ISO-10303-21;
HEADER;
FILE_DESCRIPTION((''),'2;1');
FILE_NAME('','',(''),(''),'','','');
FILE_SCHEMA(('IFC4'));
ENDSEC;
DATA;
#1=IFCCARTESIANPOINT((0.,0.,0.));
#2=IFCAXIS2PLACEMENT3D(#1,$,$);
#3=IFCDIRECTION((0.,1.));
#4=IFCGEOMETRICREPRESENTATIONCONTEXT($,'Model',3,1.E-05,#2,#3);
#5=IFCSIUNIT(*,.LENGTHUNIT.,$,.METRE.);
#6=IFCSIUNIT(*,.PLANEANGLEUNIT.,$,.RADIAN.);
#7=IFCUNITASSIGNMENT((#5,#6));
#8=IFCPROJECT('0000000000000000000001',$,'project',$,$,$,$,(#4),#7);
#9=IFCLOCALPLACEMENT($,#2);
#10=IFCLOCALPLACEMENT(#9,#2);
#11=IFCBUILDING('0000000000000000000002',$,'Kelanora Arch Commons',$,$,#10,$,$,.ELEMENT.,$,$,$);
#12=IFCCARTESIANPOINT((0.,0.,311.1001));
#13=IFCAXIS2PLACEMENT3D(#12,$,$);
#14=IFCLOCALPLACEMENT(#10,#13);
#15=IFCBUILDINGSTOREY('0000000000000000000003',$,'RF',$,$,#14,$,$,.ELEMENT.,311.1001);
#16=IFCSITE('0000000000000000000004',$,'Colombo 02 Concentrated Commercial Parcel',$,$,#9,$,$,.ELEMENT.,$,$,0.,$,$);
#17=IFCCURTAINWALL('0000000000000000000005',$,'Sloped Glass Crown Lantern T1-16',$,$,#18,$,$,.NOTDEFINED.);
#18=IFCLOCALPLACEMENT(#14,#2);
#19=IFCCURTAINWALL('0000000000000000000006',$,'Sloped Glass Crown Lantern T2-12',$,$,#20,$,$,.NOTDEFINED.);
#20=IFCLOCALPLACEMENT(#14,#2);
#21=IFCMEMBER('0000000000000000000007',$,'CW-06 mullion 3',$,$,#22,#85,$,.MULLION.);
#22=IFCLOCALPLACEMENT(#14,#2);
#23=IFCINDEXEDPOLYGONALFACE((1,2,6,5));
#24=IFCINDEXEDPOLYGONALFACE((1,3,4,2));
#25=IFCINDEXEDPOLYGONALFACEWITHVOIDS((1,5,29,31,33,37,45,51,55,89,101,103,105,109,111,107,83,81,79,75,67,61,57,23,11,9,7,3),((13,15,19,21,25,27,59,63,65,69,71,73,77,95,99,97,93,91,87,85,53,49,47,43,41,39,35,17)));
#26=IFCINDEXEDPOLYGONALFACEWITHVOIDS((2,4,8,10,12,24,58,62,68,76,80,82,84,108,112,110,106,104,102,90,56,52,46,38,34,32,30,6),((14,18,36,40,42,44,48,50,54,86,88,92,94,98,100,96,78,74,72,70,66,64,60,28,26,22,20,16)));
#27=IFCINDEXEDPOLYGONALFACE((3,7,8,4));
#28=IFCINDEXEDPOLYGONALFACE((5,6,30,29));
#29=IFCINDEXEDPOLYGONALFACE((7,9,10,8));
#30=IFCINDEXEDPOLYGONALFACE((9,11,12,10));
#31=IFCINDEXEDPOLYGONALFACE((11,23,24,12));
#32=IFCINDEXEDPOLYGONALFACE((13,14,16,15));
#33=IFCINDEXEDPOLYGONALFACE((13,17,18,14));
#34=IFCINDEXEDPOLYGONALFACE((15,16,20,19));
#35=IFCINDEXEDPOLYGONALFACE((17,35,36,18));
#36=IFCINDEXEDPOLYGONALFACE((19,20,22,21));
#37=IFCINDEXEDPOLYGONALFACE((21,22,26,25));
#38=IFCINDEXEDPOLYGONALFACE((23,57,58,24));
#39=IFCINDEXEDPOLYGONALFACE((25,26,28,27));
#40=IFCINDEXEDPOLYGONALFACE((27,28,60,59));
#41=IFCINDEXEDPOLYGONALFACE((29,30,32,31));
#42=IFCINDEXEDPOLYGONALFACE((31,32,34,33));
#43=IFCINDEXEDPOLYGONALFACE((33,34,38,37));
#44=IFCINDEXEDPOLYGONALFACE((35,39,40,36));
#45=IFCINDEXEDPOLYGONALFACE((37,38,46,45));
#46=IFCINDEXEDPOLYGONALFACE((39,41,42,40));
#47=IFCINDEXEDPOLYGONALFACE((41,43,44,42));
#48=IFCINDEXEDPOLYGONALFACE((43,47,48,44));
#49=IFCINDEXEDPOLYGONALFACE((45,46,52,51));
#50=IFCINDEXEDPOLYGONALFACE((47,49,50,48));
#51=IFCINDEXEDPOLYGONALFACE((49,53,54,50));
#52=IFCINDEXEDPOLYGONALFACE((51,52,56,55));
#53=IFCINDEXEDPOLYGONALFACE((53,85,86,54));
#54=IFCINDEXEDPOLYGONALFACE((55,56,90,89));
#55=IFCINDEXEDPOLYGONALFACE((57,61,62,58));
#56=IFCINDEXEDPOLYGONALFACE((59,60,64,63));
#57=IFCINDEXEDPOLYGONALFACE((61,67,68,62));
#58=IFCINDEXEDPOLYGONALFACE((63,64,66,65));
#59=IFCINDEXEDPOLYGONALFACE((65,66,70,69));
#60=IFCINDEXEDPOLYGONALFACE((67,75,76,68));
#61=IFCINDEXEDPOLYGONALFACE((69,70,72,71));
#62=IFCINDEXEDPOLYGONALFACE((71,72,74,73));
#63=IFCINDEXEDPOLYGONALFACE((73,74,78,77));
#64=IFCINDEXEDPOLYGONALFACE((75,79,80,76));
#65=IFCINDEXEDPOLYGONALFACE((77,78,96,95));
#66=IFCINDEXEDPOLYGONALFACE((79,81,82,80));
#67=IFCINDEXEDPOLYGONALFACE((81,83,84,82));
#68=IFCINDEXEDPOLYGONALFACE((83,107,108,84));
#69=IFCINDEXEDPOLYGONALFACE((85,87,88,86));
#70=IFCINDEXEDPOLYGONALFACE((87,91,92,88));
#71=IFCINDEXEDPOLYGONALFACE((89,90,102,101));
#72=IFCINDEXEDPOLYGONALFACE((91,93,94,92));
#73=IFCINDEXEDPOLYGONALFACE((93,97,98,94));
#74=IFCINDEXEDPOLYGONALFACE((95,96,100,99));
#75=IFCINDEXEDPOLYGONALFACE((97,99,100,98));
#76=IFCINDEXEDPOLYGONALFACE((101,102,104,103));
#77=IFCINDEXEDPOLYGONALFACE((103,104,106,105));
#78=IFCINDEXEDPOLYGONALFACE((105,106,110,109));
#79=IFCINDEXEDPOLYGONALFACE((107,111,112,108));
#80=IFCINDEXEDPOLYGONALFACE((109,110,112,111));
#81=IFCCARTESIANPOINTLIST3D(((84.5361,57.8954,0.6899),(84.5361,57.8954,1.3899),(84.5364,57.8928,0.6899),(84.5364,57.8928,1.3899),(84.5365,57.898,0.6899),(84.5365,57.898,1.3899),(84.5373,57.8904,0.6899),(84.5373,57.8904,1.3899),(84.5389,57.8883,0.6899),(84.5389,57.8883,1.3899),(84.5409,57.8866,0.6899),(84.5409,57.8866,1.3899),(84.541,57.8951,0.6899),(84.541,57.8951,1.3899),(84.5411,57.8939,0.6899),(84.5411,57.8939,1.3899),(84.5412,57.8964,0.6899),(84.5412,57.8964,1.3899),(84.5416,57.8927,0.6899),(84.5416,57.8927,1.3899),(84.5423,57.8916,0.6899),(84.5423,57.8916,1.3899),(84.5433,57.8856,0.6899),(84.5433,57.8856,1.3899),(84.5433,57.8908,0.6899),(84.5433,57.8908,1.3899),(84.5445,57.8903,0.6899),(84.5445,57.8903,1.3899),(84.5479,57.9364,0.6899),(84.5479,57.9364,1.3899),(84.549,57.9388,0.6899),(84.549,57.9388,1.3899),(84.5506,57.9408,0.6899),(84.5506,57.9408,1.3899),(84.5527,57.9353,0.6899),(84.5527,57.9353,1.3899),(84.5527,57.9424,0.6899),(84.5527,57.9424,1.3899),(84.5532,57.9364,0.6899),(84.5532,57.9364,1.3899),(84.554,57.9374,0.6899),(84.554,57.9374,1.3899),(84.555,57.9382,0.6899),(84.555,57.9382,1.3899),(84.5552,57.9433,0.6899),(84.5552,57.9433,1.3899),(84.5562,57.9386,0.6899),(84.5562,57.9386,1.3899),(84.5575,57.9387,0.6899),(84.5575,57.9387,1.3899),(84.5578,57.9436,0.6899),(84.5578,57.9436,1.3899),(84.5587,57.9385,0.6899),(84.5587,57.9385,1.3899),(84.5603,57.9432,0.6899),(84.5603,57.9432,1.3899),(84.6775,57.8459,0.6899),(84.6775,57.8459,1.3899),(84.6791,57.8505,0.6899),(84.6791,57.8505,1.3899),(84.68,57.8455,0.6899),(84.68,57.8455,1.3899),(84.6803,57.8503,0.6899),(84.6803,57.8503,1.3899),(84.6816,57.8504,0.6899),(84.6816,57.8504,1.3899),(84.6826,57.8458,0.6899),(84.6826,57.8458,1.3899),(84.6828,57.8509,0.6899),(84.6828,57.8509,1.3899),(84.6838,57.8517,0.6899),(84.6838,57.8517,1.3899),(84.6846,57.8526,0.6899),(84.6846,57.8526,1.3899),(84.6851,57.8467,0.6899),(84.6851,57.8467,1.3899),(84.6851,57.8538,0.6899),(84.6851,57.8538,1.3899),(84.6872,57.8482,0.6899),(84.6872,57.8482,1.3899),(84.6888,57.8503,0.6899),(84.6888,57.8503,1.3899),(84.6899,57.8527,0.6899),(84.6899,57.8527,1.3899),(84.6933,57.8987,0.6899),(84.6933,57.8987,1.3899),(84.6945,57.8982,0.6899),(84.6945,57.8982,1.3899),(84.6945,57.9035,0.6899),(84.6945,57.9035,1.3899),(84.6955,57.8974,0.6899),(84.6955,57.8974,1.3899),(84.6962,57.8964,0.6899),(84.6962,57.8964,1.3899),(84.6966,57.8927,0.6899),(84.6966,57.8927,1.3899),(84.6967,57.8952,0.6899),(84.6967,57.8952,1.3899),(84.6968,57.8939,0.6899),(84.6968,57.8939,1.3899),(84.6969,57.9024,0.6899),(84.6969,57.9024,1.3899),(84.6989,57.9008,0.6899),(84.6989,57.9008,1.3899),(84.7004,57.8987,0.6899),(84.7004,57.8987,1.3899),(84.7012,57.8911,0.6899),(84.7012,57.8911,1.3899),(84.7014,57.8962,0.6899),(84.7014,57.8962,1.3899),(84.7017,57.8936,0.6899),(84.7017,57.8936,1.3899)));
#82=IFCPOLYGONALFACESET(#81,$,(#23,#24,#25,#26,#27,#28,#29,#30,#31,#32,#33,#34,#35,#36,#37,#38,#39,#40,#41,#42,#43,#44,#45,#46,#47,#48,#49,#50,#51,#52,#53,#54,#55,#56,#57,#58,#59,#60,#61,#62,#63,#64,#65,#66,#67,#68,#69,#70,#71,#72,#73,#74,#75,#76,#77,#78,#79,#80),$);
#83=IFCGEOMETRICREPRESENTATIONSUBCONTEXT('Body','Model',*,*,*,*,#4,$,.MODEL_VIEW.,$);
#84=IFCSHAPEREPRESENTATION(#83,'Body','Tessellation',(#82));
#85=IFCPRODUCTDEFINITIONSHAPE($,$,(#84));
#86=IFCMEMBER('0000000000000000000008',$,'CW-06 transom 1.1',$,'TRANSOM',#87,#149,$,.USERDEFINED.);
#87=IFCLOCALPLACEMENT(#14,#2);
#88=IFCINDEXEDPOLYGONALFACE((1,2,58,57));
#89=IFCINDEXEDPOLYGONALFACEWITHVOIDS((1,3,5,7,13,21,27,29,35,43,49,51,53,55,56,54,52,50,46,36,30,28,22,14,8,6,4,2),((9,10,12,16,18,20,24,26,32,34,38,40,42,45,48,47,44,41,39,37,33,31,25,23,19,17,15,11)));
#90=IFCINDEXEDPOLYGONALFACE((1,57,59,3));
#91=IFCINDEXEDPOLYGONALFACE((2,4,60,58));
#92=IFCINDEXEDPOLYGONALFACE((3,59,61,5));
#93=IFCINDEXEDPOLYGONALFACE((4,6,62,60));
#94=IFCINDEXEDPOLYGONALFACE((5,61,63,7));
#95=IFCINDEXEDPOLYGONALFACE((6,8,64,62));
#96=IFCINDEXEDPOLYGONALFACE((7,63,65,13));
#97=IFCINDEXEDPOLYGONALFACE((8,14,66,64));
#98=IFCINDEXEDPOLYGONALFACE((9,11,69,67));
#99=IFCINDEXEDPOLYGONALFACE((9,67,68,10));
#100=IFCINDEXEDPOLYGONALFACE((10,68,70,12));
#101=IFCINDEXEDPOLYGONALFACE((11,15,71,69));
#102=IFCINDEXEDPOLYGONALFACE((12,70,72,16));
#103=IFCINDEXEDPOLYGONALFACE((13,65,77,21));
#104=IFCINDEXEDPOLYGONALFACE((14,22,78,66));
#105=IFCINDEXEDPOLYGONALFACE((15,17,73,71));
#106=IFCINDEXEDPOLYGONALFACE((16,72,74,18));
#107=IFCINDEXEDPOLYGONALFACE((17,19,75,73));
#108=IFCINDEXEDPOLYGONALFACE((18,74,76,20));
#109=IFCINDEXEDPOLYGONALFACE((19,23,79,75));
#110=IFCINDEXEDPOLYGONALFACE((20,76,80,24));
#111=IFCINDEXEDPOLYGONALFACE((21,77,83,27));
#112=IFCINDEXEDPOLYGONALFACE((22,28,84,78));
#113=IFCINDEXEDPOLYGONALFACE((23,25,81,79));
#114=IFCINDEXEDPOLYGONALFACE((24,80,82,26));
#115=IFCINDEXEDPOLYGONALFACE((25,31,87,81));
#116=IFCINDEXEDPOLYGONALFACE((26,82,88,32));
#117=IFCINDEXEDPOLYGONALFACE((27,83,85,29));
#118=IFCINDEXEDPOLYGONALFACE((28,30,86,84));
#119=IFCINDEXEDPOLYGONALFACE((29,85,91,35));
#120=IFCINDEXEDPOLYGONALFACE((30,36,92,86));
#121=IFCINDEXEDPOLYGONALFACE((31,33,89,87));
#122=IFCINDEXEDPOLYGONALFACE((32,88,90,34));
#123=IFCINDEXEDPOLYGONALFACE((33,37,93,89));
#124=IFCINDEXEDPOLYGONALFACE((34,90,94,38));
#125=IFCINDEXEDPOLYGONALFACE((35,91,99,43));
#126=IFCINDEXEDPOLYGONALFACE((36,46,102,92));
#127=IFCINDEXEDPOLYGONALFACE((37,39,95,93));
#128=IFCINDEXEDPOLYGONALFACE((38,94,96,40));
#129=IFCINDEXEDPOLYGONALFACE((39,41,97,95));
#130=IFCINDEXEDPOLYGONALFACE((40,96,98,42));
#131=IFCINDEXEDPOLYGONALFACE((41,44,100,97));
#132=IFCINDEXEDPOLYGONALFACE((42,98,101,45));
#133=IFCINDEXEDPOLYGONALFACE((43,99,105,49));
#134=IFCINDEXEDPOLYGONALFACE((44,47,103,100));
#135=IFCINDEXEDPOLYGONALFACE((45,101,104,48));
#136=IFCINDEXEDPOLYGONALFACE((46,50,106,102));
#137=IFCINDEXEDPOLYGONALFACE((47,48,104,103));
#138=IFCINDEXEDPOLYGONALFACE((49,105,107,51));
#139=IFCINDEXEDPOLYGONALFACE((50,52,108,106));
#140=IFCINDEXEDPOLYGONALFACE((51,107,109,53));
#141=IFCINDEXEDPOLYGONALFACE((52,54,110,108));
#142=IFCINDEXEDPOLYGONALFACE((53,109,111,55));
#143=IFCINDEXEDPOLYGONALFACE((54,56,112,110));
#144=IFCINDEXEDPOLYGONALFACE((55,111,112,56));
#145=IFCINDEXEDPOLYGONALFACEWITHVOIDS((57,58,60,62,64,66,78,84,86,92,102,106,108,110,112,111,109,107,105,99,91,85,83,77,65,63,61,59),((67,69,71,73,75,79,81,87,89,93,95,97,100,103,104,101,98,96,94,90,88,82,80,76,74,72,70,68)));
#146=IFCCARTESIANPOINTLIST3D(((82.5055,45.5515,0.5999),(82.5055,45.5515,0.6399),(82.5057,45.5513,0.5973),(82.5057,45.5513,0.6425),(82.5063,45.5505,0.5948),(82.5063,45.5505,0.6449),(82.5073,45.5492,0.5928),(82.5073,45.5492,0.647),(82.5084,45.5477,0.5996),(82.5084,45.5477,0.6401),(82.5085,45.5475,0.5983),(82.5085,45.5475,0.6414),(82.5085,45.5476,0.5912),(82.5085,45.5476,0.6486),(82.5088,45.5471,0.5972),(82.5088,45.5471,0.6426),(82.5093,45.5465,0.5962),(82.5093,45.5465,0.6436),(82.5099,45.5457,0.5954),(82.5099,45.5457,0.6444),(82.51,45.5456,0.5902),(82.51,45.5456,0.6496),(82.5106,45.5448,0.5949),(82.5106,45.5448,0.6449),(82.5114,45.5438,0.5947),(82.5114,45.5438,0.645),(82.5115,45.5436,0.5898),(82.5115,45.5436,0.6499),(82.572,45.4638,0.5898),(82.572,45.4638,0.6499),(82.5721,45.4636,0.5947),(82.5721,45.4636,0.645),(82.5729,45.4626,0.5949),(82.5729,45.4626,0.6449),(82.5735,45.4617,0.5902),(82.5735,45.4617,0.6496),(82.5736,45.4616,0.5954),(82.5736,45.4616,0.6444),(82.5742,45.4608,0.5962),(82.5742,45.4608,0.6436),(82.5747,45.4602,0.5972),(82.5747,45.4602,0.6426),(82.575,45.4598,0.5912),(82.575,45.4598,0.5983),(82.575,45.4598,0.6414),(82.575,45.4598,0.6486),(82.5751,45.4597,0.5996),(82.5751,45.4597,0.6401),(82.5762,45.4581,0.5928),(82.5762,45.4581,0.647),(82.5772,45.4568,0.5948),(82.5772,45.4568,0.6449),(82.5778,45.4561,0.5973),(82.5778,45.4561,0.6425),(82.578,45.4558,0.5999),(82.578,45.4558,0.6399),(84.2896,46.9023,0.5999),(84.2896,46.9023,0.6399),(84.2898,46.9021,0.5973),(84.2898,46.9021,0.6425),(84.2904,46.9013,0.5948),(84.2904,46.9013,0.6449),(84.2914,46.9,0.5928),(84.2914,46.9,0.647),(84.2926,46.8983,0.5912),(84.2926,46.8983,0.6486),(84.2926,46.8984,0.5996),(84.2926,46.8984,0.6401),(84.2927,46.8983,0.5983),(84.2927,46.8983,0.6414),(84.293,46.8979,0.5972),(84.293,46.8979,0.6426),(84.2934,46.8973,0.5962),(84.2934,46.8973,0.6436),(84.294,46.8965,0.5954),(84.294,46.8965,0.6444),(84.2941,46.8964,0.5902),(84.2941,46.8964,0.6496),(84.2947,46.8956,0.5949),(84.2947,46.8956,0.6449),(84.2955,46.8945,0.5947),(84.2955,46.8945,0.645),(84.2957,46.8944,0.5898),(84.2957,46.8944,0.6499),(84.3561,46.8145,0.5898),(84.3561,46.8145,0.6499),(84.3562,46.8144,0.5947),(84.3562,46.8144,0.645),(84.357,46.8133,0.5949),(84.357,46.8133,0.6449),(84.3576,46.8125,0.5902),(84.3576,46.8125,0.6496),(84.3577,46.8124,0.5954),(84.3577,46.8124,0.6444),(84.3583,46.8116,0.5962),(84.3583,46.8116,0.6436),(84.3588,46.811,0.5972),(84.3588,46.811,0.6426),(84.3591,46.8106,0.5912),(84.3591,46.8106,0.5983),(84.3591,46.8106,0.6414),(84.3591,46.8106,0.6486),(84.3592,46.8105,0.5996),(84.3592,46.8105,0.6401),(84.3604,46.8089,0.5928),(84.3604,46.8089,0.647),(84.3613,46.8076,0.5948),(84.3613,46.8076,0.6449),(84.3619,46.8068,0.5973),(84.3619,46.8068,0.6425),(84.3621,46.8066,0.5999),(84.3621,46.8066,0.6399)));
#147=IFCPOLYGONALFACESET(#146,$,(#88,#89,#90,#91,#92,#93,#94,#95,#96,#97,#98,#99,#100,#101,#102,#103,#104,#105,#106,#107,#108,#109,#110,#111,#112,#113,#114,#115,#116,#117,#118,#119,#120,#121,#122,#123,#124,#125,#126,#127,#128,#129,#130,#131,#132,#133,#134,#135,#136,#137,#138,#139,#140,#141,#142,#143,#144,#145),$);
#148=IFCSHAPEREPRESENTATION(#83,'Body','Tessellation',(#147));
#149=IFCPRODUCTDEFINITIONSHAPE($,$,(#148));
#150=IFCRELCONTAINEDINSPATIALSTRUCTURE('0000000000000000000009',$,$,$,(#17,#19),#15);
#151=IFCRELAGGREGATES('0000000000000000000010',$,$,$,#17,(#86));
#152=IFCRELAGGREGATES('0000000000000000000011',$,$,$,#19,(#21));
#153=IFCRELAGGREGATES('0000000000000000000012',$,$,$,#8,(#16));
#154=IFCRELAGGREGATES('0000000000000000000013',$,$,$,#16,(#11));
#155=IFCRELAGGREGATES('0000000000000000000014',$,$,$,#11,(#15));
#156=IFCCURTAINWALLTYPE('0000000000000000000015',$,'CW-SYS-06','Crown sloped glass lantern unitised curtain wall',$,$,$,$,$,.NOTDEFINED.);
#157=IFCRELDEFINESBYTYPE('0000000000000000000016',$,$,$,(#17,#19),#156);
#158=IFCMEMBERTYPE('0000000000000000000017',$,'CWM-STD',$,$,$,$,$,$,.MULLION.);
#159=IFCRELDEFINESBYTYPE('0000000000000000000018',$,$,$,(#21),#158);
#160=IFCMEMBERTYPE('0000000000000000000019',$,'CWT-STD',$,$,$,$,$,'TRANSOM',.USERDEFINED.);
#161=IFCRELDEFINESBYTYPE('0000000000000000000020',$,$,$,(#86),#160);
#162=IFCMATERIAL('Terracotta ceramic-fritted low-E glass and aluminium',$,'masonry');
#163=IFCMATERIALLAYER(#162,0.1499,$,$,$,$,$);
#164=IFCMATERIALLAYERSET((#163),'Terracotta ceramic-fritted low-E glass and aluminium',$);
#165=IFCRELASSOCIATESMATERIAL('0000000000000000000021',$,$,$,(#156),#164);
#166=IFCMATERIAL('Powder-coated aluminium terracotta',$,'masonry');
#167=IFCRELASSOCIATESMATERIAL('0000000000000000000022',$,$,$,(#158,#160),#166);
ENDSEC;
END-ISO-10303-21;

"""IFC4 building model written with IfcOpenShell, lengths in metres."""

from ifc_helpers import new_model, si_unit, direction, frame, origin, origin_2d, place, context, subcontext, project, spatial, hollow_rectangle, extrude, material, layer, layer_set, material_profile, profile_set, type_object, element, aggregate, save


model = new_model("IFC4")

# Units and contexts
model_context = context("Model", 3, precision=1e-05, world=origin(), true_north=direction((0.0, 1.0)))
body_context = subcontext(model_context, "Body", "Model", "MODEL_VIEW")
ifc_project = project(units=[si_unit("LENGTHUNIT", "METRE"), si_unit("PLANEANGLEUNIT", "RADIAN")], contexts=[model_context])

# Site, building, storey
site_placement = place(None, origin())
site = spatial("IfcSite", under=ifc_project, at=site_placement, Name="Colombo 02 Concentrated Commercial Parcel", CompositionType="ELEMENT", RefElevation=0.0)
building_placement = place(site_placement, origin())
building = spatial("IfcBuilding", under=site, at=building_placement, Name="Kelanora Arch Commons", CompositionType="ELEMENT")
storey_placement = place(building_placement, frame((0.0, 0.0, 311.1001)))
storey = spatial("IfcBuildingStorey", under=building, at=storey_placement, Name="RF", CompositionType="ELEMENT", Elevation=311.1001)

# Curtain walls, member
ifc_material_1 = material(Name="Terracotta ceramic-fritted low-E glass and aluminium", Category="masonry")
ifc_layer_1 = layer(ifc_material_1, 0.1499)
ifc_layer_set_1 = layer_set([ifc_layer_1], Name="Terracotta ceramic-fritted low-E glass and aluminium")
curtain_wall_type = type_object("IfcCurtainWallType", Name="CW-SYS-06", Description="Crown sloped glass lantern unitised curtain wall", PredefinedType="NOTDEFINED", material=ifc_layer_set_1)
curtain_wall_1_placement = place(storey_placement, origin())
curtain_wall_1 = element("IfcCurtainWall", 1, at=curtain_wall_1_placement, inside=storey, type_object=curtain_wall_type, Name="Sloped Glass Crown Lantern T1-16", PredefinedType="NOTDEFINED")
ifc_material_2 = material(Name="Powder-coated aluminium terracotta", Category="masonry")
ifc_material_profile_1 = material_profile(ifc_material_2, hollow_rectangle(XDim=0.1599, YDim=0.0601, WallThickness=0.0049, InnerFilletRadius=0.0049, OuterFilletRadius=0.01, at=origin_2d()), Name="CWM160x60")
ifc_profile_set_1 = profile_set([ifc_material_profile_1], Name="Powder-coated aluminium terracotta")
member_type_1 = type_object("IfcMemberType", Name="CWM-STD", PredefinedType="MULLION", material=ifc_profile_set_1)
curtain_wall_2_placement = place(storey_placement, origin())
curtain_wall_2 = element("IfcCurtainWall", 2, at=curtain_wall_2_placement, inside=storey, type_object=curtain_wall_type, Name="Sloped Glass Crown Lantern T2-12", PredefinedType="NOTDEFINED")
member_1_placement = place(storey_placement, frame((84.6189, 57.8945, 0.6899), z_axis=(0.0, 0.0, 1.0), x_axis=(-0.958953, 0.283564, 0.0)))
member_1 = element("IfcMember", 3, at=member_1_placement, type_object=member_type_1, Name="CW-06 mullion 3", PredefinedType="MULLION", context=body_context, shape_type="SweptSolid", body=[
    extrude(hollow_rectangle(XDim=0.1599, YDim=0.0601, WallThickness=0.0049, InnerFilletRadius=0.0049, OuterFilletRadius=0.01, at=origin_2d()), origin(), (0.0, 0.0, 1.0), 0.7),
])

# Member
ifc_material_profile_2 = material_profile(ifc_material_2, hollow_rectangle(XDim=0.1201, YDim=0.0601, WallThickness=0.0049, InnerFilletRadius=0.0049, OuterFilletRadius=0.01, at=origin_2d()), Name="CWT120x60")
ifc_profile_set_2 = profile_set([ifc_material_profile_2], Name="Powder-coated aluminium terracotta")
member_type_2 = type_object("IfcMemberType", Name="CWT-STD", ElementType="TRANSOM", PredefinedType="USERDEFINED", material=ifc_profile_set_2)
member_2_placement = place(storey_placement, frame((82.5417, 45.5037, 0.6199), z_axis=(0.797269, 0.603625, 0.0), x_axis=(-0.603625, 0.797269, 0.0)))
member_2 = element("IfcMember", 4, at=member_2_placement, type_object=member_type_2, Name="CW-06 transom 1.1", ObjectType="TRANSOM", PredefinedType="USERDEFINED", context=body_context, shape_type="SweptSolid", body=[
    extrude(hollow_rectangle(XDim=0.1201, YDim=0.0601, WallThickness=0.0049, InnerFilletRadius=0.0049, OuterFilletRadius=0.01, at=origin_2d()), origin(), (0.0, 0.0, 1.0), 2.2378),
])

aggregate(curtain_wall_1, [member_2])
aggregate(curtain_wall_2, [member_1])

save(model, "model.ifc")
